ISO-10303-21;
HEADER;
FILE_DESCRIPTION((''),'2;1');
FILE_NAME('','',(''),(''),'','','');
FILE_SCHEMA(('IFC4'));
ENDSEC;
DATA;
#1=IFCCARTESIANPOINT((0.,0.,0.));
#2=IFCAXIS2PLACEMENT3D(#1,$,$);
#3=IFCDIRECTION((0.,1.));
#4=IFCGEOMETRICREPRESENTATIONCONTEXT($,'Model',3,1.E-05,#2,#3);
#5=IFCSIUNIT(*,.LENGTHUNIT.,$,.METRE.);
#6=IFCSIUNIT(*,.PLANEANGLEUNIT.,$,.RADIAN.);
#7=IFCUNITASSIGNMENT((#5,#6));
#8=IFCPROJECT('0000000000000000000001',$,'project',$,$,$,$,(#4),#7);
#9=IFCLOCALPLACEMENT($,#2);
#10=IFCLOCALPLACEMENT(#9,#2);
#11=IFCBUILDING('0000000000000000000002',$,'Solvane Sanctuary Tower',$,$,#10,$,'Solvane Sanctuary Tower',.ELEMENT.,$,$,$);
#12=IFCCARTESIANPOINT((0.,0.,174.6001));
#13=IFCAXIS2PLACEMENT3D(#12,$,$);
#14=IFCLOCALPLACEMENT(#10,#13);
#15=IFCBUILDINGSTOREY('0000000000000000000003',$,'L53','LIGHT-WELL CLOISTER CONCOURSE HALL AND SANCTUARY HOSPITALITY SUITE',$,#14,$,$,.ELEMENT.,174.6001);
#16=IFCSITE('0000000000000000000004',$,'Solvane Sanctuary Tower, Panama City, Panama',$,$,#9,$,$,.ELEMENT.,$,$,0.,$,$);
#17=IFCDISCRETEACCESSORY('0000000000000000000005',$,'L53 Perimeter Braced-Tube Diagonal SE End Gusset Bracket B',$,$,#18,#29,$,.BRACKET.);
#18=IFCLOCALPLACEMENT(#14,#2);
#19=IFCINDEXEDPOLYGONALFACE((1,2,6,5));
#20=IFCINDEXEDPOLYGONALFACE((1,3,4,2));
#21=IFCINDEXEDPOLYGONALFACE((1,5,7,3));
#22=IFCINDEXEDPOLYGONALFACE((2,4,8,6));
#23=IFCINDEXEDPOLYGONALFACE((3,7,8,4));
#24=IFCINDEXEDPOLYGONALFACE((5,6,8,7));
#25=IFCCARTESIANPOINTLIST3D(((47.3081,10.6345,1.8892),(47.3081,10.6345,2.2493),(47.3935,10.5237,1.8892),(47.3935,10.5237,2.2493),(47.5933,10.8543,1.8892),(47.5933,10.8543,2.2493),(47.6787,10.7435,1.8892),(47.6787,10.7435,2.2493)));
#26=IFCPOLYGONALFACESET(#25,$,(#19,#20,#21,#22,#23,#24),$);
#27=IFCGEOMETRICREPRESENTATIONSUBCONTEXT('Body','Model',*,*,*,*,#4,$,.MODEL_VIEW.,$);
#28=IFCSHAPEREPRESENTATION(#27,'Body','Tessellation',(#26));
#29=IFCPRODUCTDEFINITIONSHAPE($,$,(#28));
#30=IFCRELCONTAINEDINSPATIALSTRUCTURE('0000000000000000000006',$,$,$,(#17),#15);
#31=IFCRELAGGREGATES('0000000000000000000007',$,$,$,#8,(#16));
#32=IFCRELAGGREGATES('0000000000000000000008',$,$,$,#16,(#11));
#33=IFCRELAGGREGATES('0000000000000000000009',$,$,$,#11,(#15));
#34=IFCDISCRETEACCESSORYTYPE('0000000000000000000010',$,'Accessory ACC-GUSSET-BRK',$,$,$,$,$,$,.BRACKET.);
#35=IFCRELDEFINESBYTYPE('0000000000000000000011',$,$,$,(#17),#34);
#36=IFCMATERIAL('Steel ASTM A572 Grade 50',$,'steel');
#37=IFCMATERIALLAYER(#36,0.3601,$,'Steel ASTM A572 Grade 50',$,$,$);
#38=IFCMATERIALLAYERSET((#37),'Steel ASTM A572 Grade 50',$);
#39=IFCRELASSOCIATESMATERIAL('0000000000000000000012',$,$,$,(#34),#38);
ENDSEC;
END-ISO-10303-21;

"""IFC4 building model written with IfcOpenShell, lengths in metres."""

from ifc_helpers import new_model, si_unit, direction, frame, origin, origin_2d, place, context, subcontext, project, spatial, rectangle, extrude, material, layer, layer_set, type_object, element, save


model = new_model("IFC4")

# Units and contexts
model_context = context("Model", 3, precision=1e-05, world=origin(), true_north=direction((0.0, 1.0)))
body_context = subcontext(model_context, "Body", "Model", "MODEL_VIEW")
ifc_project = project(units=[si_unit("LENGTHUNIT", "METRE"), si_unit("PLANEANGLEUNIT", "RADIAN")], contexts=[model_context])

# Site, building, storey
site_placement = place(None, origin())
site = spatial("IfcSite", under=ifc_project, at=site_placement, Name="Solvane Sanctuary Tower, Panama City, Panama", CompositionType="ELEMENT", RefElevation=0.0)
building_placement = place(site_placement, origin())
building = spatial("IfcBuilding", under=site, at=building_placement, Name="Solvane Sanctuary Tower", LongName="Solvane Sanctuary Tower", CompositionType="ELEMENT")
storey_placement = place(building_placement, frame((0.0, 0.0, 174.6001)))
storey = spatial("IfcBuildingStorey", under=building, at=storey_placement, Name="L53", Description="LIGHT-WELL CLOISTER CONCOURSE HALL AND SANCTUARY HOSPITALITY SUITE", CompositionType="ELEMENT", Elevation=174.6001)

# Discrete accessory
ifc_material_1 = material(Name="Steel ASTM A572 Grade 50", Category="steel")
ifc_layer_1 = layer(ifc_material_1, 0.3601, Name="Steel ASTM A572 Grade 50")
ifc_layer_set_1 = layer_set([ifc_layer_1], Name="Steel ASTM A572 Grade 50")
discrete_accessory_type = type_object("IfcDiscreteAccessoryType", Name="Accessory ACC-GUSSET-BRK", PredefinedType="BRACKET", material=ifc_layer_set_1)
for number, where, z_axis, x_axis, name in (
    (1, (47.4934, 10.689, 1.8892), (0.0, 0.0, 1.0), (0.792077, 0.610422, 0.0), "L53 Perimeter Braced-Tube Diagonal SE End Gusset Bracket B"),
):
    element("IfcDiscreteAccessory", number, at=place(storey_placement, frame(where, z_axis=z_axis, x_axis=x_axis)), inside=storey, type_object=discrete_accessory_type, Name=name, PredefinedType="BRACKET", context=body_context, shape_type="SweptSolid", body=[
        extrude(rectangle(XDim=0.3601, YDim=0.1399, at=origin_2d()), origin(), (0.0, 0.0, 1.0), 0.3601),
    ])

save(model, "model.ifc")
